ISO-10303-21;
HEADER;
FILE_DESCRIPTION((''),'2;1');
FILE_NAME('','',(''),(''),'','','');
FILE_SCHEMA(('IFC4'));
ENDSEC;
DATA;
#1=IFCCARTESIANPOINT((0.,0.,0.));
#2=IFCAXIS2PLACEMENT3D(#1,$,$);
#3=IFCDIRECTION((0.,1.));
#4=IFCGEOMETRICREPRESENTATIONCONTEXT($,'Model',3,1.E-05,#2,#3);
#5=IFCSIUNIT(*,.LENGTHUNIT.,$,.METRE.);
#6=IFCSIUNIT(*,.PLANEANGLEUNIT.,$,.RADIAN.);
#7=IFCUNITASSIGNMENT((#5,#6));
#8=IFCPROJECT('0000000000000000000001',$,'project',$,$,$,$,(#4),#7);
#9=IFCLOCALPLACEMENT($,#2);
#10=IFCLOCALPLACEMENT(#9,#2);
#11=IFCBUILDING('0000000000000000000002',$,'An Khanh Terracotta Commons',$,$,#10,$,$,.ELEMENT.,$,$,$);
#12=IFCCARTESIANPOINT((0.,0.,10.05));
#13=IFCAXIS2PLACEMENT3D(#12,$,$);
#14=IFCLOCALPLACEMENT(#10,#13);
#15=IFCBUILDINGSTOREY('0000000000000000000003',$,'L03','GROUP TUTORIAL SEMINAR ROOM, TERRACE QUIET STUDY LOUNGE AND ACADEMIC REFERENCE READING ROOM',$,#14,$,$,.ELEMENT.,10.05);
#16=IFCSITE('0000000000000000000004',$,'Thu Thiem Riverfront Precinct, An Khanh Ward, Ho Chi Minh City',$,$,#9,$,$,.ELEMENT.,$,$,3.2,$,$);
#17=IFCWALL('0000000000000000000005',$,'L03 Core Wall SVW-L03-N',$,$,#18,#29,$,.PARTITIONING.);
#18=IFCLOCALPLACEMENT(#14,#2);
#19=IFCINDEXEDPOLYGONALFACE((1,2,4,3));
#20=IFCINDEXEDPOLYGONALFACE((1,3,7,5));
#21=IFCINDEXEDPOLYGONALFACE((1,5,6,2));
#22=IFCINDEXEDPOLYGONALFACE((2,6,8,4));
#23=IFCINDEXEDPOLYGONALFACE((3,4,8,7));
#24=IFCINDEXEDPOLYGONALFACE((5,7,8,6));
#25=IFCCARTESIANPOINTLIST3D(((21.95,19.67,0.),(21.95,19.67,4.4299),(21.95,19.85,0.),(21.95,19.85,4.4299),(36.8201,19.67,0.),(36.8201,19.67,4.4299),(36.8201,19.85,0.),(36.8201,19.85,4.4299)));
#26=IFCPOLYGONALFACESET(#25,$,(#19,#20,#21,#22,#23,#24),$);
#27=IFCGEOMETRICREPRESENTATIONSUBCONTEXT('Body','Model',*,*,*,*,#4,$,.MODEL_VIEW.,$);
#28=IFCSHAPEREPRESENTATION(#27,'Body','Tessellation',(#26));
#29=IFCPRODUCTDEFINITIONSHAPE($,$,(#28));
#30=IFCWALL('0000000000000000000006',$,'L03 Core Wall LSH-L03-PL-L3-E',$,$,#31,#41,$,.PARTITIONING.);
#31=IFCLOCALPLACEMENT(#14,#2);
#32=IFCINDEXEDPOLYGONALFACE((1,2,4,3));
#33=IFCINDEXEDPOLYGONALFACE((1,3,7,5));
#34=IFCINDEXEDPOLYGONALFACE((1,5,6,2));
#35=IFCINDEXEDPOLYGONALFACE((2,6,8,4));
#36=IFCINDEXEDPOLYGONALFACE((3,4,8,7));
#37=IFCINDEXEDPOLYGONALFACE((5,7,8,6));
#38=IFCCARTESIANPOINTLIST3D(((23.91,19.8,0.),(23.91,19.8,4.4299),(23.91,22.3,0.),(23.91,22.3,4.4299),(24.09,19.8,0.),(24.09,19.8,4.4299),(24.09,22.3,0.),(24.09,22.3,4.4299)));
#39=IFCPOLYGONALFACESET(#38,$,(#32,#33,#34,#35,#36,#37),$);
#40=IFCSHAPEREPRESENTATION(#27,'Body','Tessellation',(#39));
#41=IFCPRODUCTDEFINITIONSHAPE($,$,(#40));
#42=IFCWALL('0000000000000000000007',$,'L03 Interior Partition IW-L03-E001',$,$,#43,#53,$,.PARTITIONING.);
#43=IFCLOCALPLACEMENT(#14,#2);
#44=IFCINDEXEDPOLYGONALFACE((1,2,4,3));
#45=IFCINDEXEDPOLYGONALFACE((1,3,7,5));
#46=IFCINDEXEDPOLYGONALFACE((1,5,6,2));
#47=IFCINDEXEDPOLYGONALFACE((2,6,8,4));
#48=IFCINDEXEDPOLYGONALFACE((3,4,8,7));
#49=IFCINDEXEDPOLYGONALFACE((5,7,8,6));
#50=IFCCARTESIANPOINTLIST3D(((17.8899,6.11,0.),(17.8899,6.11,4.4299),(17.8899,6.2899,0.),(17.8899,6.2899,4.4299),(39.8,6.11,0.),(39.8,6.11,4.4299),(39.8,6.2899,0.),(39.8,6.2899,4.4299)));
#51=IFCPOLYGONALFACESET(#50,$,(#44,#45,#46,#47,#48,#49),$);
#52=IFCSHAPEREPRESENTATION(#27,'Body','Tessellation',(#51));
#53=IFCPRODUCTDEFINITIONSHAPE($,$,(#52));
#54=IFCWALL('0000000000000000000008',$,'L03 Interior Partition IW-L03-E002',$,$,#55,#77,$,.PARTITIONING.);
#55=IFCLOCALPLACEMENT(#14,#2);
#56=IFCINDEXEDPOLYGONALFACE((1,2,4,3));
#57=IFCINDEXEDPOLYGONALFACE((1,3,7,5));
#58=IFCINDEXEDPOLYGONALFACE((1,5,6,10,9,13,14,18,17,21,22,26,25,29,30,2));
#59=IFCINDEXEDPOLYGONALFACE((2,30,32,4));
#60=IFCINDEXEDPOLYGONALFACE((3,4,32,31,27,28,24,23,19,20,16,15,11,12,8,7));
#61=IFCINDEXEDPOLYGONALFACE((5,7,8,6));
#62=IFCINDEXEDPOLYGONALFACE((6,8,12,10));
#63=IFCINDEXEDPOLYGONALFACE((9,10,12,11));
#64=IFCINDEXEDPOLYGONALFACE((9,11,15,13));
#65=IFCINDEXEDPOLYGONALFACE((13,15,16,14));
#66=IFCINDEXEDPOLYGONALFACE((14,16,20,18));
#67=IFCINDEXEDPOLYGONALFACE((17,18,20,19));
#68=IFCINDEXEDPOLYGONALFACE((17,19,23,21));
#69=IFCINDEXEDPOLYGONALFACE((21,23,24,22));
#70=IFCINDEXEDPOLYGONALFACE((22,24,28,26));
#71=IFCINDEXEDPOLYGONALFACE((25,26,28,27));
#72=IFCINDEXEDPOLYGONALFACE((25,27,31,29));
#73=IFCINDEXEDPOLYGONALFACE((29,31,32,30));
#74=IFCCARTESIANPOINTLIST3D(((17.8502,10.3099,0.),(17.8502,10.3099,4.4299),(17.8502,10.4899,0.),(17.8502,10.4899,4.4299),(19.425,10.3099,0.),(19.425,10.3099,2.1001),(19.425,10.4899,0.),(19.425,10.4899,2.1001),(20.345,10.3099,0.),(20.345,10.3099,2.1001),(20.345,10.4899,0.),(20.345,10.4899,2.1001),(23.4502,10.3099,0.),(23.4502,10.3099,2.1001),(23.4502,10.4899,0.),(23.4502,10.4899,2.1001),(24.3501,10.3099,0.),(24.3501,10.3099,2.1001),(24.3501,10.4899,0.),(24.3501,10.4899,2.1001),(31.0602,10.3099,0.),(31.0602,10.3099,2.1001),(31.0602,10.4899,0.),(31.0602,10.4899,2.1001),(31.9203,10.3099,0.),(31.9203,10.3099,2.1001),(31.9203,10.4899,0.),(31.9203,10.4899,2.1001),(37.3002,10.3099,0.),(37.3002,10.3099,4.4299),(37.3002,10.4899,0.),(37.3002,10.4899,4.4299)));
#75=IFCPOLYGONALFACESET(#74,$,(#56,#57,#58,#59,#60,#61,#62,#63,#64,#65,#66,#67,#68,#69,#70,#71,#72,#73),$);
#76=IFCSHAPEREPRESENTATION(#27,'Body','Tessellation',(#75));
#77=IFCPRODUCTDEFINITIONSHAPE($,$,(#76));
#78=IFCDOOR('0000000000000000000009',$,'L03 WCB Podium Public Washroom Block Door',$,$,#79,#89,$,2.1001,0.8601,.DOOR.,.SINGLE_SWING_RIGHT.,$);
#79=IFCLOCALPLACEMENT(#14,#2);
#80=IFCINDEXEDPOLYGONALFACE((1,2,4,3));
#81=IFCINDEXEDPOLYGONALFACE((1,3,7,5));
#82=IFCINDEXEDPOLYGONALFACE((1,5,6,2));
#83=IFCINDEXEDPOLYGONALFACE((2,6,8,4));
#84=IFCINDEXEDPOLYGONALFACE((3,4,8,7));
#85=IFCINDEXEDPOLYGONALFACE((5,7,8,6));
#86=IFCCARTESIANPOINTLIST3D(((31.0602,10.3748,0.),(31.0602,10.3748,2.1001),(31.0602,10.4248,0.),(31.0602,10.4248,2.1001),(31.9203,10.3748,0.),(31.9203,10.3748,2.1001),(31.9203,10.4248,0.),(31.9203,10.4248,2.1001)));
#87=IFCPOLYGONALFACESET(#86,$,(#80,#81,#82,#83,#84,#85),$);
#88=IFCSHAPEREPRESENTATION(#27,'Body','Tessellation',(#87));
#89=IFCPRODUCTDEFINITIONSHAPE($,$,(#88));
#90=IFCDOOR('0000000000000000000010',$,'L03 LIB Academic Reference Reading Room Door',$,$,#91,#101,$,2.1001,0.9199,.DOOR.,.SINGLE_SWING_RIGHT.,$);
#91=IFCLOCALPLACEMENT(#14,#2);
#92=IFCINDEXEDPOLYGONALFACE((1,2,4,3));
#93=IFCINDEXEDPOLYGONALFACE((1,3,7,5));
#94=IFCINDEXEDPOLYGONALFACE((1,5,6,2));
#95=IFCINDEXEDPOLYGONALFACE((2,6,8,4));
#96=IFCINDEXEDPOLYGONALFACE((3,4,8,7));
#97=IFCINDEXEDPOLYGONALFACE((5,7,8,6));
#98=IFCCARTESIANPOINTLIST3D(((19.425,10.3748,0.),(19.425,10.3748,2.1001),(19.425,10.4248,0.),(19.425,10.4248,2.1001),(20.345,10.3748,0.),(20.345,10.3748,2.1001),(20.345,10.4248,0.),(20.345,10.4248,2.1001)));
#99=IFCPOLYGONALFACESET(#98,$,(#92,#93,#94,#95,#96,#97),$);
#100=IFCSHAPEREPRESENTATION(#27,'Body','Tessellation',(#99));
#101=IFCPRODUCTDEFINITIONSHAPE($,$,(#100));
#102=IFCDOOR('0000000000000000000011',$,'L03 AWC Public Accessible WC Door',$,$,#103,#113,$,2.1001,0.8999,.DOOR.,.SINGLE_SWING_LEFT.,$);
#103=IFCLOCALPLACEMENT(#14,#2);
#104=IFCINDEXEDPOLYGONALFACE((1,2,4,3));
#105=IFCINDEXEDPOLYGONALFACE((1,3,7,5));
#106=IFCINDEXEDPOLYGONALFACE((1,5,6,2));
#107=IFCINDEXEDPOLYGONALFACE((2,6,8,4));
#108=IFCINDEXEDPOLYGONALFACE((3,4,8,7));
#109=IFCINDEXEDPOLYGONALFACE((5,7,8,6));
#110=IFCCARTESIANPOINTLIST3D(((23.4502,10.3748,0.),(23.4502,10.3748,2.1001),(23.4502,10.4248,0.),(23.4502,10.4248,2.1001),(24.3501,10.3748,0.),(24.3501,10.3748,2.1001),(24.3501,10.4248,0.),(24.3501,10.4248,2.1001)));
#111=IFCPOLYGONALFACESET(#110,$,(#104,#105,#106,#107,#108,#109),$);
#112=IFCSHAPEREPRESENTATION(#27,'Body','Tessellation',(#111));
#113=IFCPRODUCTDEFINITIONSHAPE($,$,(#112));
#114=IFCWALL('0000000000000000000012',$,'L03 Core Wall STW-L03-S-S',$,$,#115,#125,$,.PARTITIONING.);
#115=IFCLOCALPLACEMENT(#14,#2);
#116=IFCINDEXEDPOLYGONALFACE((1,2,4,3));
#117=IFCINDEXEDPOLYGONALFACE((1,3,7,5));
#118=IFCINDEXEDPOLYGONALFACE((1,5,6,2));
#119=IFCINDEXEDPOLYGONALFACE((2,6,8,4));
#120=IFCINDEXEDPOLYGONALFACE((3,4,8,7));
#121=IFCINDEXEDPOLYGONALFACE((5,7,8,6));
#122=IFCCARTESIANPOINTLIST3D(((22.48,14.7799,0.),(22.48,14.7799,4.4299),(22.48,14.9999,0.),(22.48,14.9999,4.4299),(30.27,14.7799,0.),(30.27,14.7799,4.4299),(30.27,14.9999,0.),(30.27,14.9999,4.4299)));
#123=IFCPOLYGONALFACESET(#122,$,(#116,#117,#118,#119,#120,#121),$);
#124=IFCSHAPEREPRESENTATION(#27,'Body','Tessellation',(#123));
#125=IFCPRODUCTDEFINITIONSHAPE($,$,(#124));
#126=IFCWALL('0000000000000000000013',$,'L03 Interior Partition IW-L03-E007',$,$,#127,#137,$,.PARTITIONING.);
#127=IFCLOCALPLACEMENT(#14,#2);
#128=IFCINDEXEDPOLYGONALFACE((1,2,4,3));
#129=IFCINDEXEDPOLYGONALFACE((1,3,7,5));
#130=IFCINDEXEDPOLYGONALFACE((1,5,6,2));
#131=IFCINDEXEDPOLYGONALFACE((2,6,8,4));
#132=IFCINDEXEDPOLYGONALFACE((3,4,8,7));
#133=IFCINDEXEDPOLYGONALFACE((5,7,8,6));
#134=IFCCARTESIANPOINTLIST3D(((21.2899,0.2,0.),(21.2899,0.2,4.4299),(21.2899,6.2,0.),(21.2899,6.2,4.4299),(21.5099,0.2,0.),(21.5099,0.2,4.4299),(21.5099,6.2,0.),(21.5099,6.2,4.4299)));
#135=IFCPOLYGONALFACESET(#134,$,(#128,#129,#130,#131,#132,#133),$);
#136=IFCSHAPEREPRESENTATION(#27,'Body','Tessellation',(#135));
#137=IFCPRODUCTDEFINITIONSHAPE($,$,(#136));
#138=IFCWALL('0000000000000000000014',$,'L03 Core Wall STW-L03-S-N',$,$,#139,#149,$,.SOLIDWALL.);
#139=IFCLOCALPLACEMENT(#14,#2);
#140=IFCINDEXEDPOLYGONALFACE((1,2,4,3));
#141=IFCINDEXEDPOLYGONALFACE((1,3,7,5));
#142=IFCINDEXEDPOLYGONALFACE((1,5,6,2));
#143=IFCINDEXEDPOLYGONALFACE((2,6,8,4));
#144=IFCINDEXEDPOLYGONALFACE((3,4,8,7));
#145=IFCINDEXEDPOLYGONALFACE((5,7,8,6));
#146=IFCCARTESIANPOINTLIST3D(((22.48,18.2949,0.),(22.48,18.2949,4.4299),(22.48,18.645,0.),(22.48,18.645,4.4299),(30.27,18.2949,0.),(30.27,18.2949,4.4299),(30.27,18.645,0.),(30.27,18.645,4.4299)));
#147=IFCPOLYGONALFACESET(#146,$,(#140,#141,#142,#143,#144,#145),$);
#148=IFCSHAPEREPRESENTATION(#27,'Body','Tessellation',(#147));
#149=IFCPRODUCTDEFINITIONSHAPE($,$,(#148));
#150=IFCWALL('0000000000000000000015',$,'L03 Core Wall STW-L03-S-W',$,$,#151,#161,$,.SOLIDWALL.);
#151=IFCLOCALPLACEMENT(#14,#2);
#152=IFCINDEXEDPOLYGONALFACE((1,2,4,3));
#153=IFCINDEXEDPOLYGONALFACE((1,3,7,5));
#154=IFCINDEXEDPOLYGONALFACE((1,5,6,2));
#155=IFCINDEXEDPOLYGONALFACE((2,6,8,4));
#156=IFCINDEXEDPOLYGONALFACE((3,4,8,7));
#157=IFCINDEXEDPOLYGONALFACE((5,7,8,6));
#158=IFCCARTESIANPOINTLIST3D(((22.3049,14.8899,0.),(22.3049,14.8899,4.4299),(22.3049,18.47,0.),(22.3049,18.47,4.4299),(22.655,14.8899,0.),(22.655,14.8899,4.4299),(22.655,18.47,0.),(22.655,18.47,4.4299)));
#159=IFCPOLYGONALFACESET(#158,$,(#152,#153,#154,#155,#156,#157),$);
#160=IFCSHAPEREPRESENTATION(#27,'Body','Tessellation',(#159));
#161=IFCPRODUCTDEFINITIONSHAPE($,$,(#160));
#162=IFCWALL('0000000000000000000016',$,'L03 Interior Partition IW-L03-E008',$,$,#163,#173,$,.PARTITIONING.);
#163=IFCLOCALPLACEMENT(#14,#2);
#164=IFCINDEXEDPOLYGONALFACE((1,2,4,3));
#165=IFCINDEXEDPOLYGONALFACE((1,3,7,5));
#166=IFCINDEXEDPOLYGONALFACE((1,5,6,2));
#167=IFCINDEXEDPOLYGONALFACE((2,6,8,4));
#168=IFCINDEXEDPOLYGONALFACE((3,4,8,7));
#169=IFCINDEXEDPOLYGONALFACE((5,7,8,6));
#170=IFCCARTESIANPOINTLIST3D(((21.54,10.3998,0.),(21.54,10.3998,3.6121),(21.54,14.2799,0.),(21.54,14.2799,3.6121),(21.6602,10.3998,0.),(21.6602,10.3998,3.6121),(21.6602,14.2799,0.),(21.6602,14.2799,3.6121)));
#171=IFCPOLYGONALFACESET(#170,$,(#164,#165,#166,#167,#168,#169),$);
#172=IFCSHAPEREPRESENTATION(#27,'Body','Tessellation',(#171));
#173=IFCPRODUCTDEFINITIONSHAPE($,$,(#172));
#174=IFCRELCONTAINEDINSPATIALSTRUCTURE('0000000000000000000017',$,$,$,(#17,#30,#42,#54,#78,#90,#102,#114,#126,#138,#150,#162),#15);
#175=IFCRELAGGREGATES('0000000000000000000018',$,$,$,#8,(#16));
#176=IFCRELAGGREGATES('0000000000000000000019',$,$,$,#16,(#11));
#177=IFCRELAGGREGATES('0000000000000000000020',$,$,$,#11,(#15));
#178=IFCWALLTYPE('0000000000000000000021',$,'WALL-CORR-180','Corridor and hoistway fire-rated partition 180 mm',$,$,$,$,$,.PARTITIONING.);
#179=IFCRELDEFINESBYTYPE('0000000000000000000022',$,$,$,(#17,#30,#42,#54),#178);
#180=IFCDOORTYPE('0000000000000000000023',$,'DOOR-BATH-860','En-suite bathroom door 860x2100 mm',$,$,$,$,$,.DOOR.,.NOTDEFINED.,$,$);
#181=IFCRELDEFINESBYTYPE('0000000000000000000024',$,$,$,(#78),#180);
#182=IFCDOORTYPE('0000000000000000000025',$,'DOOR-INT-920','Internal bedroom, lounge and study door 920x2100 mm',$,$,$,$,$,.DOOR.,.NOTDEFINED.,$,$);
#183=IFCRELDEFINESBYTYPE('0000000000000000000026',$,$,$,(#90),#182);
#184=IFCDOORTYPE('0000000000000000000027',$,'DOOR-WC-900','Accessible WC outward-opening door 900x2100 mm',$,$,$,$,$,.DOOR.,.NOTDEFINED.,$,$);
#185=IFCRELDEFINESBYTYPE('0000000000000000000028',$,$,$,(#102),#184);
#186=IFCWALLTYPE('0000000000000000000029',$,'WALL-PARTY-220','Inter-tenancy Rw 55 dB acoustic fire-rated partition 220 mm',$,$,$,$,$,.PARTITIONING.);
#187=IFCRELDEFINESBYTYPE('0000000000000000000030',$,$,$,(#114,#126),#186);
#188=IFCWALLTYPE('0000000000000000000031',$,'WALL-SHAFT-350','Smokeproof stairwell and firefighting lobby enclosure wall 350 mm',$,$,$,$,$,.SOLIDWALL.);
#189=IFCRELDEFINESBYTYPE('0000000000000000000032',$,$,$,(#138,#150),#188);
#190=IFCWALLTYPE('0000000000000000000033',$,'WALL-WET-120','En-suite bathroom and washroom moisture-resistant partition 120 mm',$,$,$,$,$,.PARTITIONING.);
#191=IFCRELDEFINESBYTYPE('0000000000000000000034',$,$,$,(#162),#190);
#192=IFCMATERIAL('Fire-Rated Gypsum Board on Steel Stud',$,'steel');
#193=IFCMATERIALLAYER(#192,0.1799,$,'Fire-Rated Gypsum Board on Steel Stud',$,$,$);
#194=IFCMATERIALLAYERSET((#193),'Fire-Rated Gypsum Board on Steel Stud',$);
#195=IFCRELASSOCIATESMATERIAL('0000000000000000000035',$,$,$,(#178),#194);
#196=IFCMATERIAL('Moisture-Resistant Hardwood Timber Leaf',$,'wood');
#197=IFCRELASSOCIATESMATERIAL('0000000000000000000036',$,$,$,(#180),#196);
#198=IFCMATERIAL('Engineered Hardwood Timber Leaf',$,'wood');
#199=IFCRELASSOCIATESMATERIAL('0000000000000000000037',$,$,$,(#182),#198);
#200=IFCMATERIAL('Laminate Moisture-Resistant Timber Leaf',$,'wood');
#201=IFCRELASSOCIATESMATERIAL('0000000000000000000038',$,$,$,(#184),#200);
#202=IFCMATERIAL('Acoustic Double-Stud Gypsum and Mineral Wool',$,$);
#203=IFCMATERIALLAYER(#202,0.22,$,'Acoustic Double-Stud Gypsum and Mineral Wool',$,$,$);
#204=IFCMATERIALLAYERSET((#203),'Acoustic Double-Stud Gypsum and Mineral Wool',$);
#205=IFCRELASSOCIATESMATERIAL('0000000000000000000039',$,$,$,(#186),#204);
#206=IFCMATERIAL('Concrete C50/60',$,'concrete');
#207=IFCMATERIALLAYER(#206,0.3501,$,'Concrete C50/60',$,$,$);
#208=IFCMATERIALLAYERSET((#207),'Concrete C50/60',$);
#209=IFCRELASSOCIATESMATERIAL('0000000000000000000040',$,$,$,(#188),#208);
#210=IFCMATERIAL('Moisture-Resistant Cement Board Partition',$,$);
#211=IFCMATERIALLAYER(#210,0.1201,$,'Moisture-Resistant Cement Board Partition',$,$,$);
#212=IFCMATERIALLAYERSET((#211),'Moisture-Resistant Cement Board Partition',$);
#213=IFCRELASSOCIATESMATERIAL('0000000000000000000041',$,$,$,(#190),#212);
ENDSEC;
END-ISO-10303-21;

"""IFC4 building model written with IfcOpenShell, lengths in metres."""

from ifc_helpers import new_model, si_unit, direction, frame, frame_2d, origin, place, context, subcontext, project, spatial, rectangle, extrude, material, layer, layer_set, type_object, element, fill, save


model = new_model("IFC4")

# Units and contexts
model_context = context("Model", 3, precision=1e-05, world=origin(), true_north=direction((0.0, 1.0)))
body_context = subcontext(model_context, "Body", "Model", "MODEL_VIEW")
ifc_project = project(units=[si_unit("LENGTHUNIT", "METRE"), si_unit("PLANEANGLEUNIT", "RADIAN")], contexts=[model_context])

# Site, building, storey
site_placement = place(None, origin())
site = spatial("IfcSite", under=ifc_project, at=site_placement, Name="Thu Thiem Riverfront Precinct, An Khanh Ward, Ho Chi Minh City", CompositionType="ELEMENT", RefElevation=3.2)
building_placement = place(site_placement, origin())
building = spatial("IfcBuilding", under=site, at=building_placement, Name="An Khanh Terracotta Commons", CompositionType="ELEMENT")
storey_placement = place(building_placement, frame((0.0, 0.0, 10.05)))
storey = spatial("IfcBuildingStorey", under=building, at=storey_placement, Name="L03", Description="GROUP TUTORIAL SEMINAR ROOM, TERRACE QUIET STUDY LOUNGE AND ACADEMIC REFERENCE READING ROOM", CompositionType="ELEMENT", Elevation=10.05)

# Shared definitions
ifc_material_1 = material(Name="Concrete C50/60", Category="concrete")

# Walls
ifc_material_2 = material(Name="Fire-Rated Gypsum Board on Steel Stud", Category="steel")
ifc_layer_1 = layer(ifc_material_2, 0.1799, Name="Fire-Rated Gypsum Board on Steel Stud")
ifc_layer_set_1 = layer_set([ifc_layer_1], Name="Fire-Rated Gypsum Board on Steel Stud")
wall_type_1 = type_object("IfcWallType", Name="WALL-CORR-180", Description="Corridor and hoistway fire-rated partition 180 mm", PredefinedType="PARTITIONING", material=ifc_layer_set_1)
wall_1_placement = place(storey_placement, frame((21.95, 19.76, 0.0), z_axis=(0.0, 0.0, 1.0), x_axis=(1.0, 0.0, 0.0)))
element("IfcWall", 1, at=wall_1_placement, inside=storey, type_object=wall_type_1, Name="L03 Core Wall SVW-L03-N", PredefinedType="PARTITIONING", context=body_context, shape_type="SweptSolid", body=[
    extrude(rectangle(XDim=14.8701, YDim=0.1799, at=frame_2d((7.4351, 0.0))), origin(), (0.0, 0.0, 1.0), 4.4299),
])
wall_2_placement = place(storey_placement, frame((24.0, 19.8, 0.0), z_axis=(0.0, 0.0, 1.0), x_axis=(0.0, 1.0, 0.0)))
element("IfcWall", 2, at=wall_2_placement, inside=storey, type_object=wall_type_1, Name="L03 Core Wall LSH-L03-PL-L3-E", PredefinedType="PARTITIONING", context=body_context, shape_type="SweptSolid", body=[
    extrude(rectangle(XDim=2.5, YDim=0.1799, at=frame_2d((1.25, 0.0))), origin(), (0.0, 0.0, 1.0), 4.4299),
])
wall_3_placement = place(storey_placement, frame((17.8899, 6.2, 0.0), z_axis=(0.0, 0.0, 1.0), x_axis=(1.0, 0.0, 0.0)))
element("IfcWall", 3, at=wall_3_placement, inside=storey, type_object=wall_type_1, Name="L03 Interior Partition IW-L03-E001", PredefinedType="PARTITIONING", context=body_context, shape_type="SweptSolid", body=[
    extrude(rectangle(XDim=21.9102, YDim=0.1799, at=frame_2d((10.9551, 0.0))), origin(), (0.0, 0.0, 1.0), 4.4299),
])

# Wall, openings, doors
wall_4_placement = place(storey_placement, frame((17.8501, 10.3999, 0.0), z_axis=(0.0, 0.0, 1.0), x_axis=(1.0, 0.0, 0.0)))
wall_4 = element("IfcWall", 4, at=wall_4_placement, inside=storey, type_object=wall_type_1, Name="L03 Interior Partition IW-L03-E002", PredefinedType="PARTITIONING", context=body_context, shape_type="SweptSolid", body=[
    extrude(rectangle(XDim=19.45, YDim=0.1799, at=frame_2d((9.7251, 0.0))), origin(), (0.0, 0.0, 1.0), 4.4299),
])
opening_1_placement = place(wall_4_placement, frame((1.575, 0.0, 0.0)))
opening_1 = element("IfcOpeningElement", 5, at=opening_1_placement, cuts=wall_4, PredefinedType="OPENING", context=body_context, shape_type="SweptSolid", body=[
    extrude(rectangle(XDim=0.9199, YDim=2.1001, at=frame_2d((0.46, 1.05))), frame((0.0, 0.0999, 0.0), z_axis=(0.0, -1.0, 0.0), x_axis=(1.0, 0.0, 0.0)), (0.0, 0.0, 1.0), 0.2),
])
opening_2_placement = place(wall_4_placement, frame((5.6001, 0.0, 0.0)))
opening_2 = element("IfcOpeningElement", 6, at=opening_2_placement, cuts=wall_4, PredefinedType="OPENING", context=body_context, shape_type="SweptSolid", body=[
    extrude(rectangle(XDim=0.8999, YDim=2.1001, at=frame_2d((0.45, 1.05))), frame((0.0, 0.0999, 0.0), z_axis=(0.0, -1.0, 0.0), x_axis=(1.0, 0.0, 0.0)), (0.0, 0.0, 1.0), 0.2),
])
opening_3_placement = place(wall_4_placement, frame((13.21, 0.0, 0.0)))
opening_3 = element("IfcOpeningElement", 7, at=opening_3_placement, cuts=wall_4, PredefinedType="OPENING", context=body_context, shape_type="SweptSolid", body=[
    extrude(rectangle(XDim=0.8601, YDim=2.1001, at=frame_2d((0.4302, 1.05))), frame((0.0, 0.0999, 0.0), z_axis=(0.0, -1.0, 0.0), x_axis=(1.0, 0.0, 0.0)), (0.0, 0.0, 1.0), 0.2),
])
ifc_material_3 = material(Name="Moisture-Resistant Hardwood Timber Leaf", Category="wood")
door_type_1 = type_object("IfcDoorType", Name="DOOR-BATH-860", Description="En-suite bathroom door 860x2100 mm", OperationType="NOTDEFINED", PredefinedType="DOOR", material=ifc_material_3)
door_1_placement = place(opening_3_placement, origin())
door_1 = element("IfcDoor", 8, at=door_1_placement, inside=storey, type_object=door_type_1, Name="L03 WCB Podium Public Washroom Block Door", OperationType="SINGLE_SWING_RIGHT", OverallHeight=2.1001, OverallWidth=0.8601, PredefinedType="DOOR", context=body_context, shape_type="SweptSolid", body=[
    extrude(rectangle(XDim=0.8601, YDim=2.1001, at=frame_2d((0.4302, 1.05))), frame((0.0, 0.0249, 0.0), z_axis=(0.0, -1.0, 0.0), x_axis=(1.0, 0.0, 0.0)), (0.0, 0.0, 1.0), 0.05),
])
fill(opening_3, door_1)
ifc_material_4 = material(Name="Engineered Hardwood Timber Leaf", Category="wood")
door_type_2 = type_object("IfcDoorType", Name="DOOR-INT-920", Description="Internal bedroom, lounge and study door 920x2100 mm", OperationType="NOTDEFINED", PredefinedType="DOOR", material=ifc_material_4)
door_2_placement = place(opening_1_placement, origin())
door_2 = element("IfcDoor", 9, at=door_2_placement, inside=storey, type_object=door_type_2, Name="L03 LIB Academic Reference Reading Room Door", OperationType="SINGLE_SWING_RIGHT", OverallHeight=2.1001, OverallWidth=0.9199, PredefinedType="DOOR", context=body_context, shape_type="SweptSolid", body=[
    extrude(rectangle(XDim=0.9199, YDim=2.1001, at=frame_2d((0.46, 1.05))), frame((0.0, 0.0249, 0.0), z_axis=(0.0, -1.0, 0.0), x_axis=(1.0, 0.0, 0.0)), (0.0, 0.0, 1.0), 0.05),
])
fill(opening_1, door_2)
ifc_material_5 = material(Name="Laminate Moisture-Resistant Timber Leaf", Category="wood")
door_type_3 = type_object("IfcDoorType", Name="DOOR-WC-900", Description="Accessible WC outward-opening door 900x2100 mm", OperationType="NOTDEFINED", PredefinedType="DOOR", material=ifc_material_5)
door_3_placement = place(opening_2_placement, origin())
door_3 = element("IfcDoor", 10, at=door_3_placement, inside=storey, type_object=door_type_3, Name="L03 AWC Public Accessible WC Door", OperationType="SINGLE_SWING_LEFT", OverallHeight=2.1001, OverallWidth=0.8999, PredefinedType="DOOR", context=body_context, shape_type="SweptSolid", body=[
    extrude(rectangle(XDim=0.8999, YDim=2.1001, at=frame_2d((0.45, 1.05))), frame((0.0, 0.0249, 0.0), z_axis=(0.0, -1.0, 0.0), x_axis=(1.0, 0.0, 0.0)), (0.0, 0.0, 1.0), 0.05),
])
fill(opening_2, door_3)

# Walls
ifc_material_6 = material(Name="Acoustic Double-Stud Gypsum and Mineral Wool")
ifc_layer_2 = layer(ifc_material_6, 0.22, Name="Acoustic Double-Stud Gypsum and Mineral Wool")
ifc_layer_set_2 = layer_set([ifc_layer_2], Name="Acoustic Double-Stud Gypsum and Mineral Wool")
wall_type_2 = type_object("IfcWallType", Name="WALL-PARTY-220", Description="Inter-tenancy Rw 55 dB acoustic fire-rated partition 220 mm", PredefinedType="PARTITIONING", material=ifc_layer_set_2)
wall_5_placement = place(storey_placement, frame((22.48, 14.8899, 0.0), z_axis=(0.0, 0.0, 1.0), x_axis=(1.0, 0.0, 0.0)))
element("IfcWall", 11, at=wall_5_placement, inside=storey, type_object=wall_type_2, Name="L03 Core Wall STW-L03-S-S", PredefinedType="PARTITIONING", context=body_context, shape_type="SweptSolid", body=[
    extrude(rectangle(XDim=7.79, YDim=0.22, at=frame_2d((3.895, 0.0))), origin(), (0.0, 0.0, 1.0), 4.4299),
])
wall_6_placement = place(storey_placement, frame((21.3999, 0.2, 0.0), z_axis=(0.0, 0.0, 1.0), x_axis=(0.0, 1.0, 0.0)))
element("IfcWall", 12, at=wall_6_placement, inside=storey, type_object=wall_type_2, Name="L03 Interior Partition IW-L03-E007", PredefinedType="PARTITIONING", context=body_context, shape_type="SweptSolid", body=[
    extrude(rectangle(XDim=6.0, YDim=0.22, at=frame_2d((3.0, 0.0))), origin(), (0.0, 0.0, 1.0), 4.4299),
])

# Shared definitions
ifc_layer_3 = layer(ifc_material_1, 0.3501, Name="Concrete C50/60")
ifc_layer_set_3 = layer_set([ifc_layer_3], Name="Concrete C50/60")
wall_type_3 = type_object("IfcWallType", Name="WALL-SHAFT-350", Description="Smokeproof stairwell and firefighting lobby enclosure wall 350 mm", PredefinedType="SOLIDWALL", material=ifc_layer_set_3)

# Walls
wall_7_placement = place(storey_placement, frame((22.48, 18.47, 0.0), z_axis=(0.0, 0.0, 1.0), x_axis=(1.0, 0.0, 0.0)))
element("IfcWall", 13, at=wall_7_placement, inside=storey, type_object=wall_type_3, Name="L03 Core Wall STW-L03-S-N", PredefinedType="SOLIDWALL", context=body_context, shape_type="SweptSolid", body=[
    extrude(rectangle(XDim=7.79, YDim=0.3501, at=frame_2d((3.895, 0.0))), origin(), (0.0, 0.0, 1.0), 4.4299),
])
wall_8_placement = place(storey_placement, frame((22.48, 14.8899, 0.0), z_axis=(0.0, 0.0, 1.0), x_axis=(0.0, 1.0, 0.0)))
element("IfcWall", 14, at=wall_8_placement, inside=storey, type_object=wall_type_3, Name="L03 Core Wall STW-L03-S-W", PredefinedType="SOLIDWALL", context=body_context, shape_type="SweptSolid", body=[
    extrude(rectangle(XDim=3.5801, YDim=0.3501, at=frame_2d((1.79, 0.0))), origin(), (0.0, 0.0, 1.0), 4.4299),
])
ifc_material_7 = material(Name="Moisture-Resistant Cement Board Partition")
ifc_layer_4 = layer(ifc_material_7, 0.1201, Name="Moisture-Resistant Cement Board Partition")
ifc_layer_set_4 = layer_set([ifc_layer_4], Name="Moisture-Resistant Cement Board Partition")
wall_type_4 = type_object("IfcWallType", Name="WALL-WET-120", Description="En-suite bathroom and washroom moisture-resistant partition 120 mm", PredefinedType="PARTITIONING", material=ifc_layer_set_4)
wall_9_placement = place(storey_placement, frame((21.6001, 10.3999, 0.0), z_axis=(0.0, 0.0, 1.0), x_axis=(0.0, 1.0, 0.0)))
element("IfcWall", 15, at=wall_9_placement, inside=storey, type_object=wall_type_4, Name="L03 Interior Partition IW-L03-E008", PredefinedType="PARTITIONING", context=body_context, shape_type="SweptSolid", body=[
    extrude(rectangle(XDim=3.8801, YDim=0.1201, at=frame_2d((1.9399, 0.0))), origin(), (0.0, 0.0, 1.0), 3.6121),
])

save(model, "model.ifc")
